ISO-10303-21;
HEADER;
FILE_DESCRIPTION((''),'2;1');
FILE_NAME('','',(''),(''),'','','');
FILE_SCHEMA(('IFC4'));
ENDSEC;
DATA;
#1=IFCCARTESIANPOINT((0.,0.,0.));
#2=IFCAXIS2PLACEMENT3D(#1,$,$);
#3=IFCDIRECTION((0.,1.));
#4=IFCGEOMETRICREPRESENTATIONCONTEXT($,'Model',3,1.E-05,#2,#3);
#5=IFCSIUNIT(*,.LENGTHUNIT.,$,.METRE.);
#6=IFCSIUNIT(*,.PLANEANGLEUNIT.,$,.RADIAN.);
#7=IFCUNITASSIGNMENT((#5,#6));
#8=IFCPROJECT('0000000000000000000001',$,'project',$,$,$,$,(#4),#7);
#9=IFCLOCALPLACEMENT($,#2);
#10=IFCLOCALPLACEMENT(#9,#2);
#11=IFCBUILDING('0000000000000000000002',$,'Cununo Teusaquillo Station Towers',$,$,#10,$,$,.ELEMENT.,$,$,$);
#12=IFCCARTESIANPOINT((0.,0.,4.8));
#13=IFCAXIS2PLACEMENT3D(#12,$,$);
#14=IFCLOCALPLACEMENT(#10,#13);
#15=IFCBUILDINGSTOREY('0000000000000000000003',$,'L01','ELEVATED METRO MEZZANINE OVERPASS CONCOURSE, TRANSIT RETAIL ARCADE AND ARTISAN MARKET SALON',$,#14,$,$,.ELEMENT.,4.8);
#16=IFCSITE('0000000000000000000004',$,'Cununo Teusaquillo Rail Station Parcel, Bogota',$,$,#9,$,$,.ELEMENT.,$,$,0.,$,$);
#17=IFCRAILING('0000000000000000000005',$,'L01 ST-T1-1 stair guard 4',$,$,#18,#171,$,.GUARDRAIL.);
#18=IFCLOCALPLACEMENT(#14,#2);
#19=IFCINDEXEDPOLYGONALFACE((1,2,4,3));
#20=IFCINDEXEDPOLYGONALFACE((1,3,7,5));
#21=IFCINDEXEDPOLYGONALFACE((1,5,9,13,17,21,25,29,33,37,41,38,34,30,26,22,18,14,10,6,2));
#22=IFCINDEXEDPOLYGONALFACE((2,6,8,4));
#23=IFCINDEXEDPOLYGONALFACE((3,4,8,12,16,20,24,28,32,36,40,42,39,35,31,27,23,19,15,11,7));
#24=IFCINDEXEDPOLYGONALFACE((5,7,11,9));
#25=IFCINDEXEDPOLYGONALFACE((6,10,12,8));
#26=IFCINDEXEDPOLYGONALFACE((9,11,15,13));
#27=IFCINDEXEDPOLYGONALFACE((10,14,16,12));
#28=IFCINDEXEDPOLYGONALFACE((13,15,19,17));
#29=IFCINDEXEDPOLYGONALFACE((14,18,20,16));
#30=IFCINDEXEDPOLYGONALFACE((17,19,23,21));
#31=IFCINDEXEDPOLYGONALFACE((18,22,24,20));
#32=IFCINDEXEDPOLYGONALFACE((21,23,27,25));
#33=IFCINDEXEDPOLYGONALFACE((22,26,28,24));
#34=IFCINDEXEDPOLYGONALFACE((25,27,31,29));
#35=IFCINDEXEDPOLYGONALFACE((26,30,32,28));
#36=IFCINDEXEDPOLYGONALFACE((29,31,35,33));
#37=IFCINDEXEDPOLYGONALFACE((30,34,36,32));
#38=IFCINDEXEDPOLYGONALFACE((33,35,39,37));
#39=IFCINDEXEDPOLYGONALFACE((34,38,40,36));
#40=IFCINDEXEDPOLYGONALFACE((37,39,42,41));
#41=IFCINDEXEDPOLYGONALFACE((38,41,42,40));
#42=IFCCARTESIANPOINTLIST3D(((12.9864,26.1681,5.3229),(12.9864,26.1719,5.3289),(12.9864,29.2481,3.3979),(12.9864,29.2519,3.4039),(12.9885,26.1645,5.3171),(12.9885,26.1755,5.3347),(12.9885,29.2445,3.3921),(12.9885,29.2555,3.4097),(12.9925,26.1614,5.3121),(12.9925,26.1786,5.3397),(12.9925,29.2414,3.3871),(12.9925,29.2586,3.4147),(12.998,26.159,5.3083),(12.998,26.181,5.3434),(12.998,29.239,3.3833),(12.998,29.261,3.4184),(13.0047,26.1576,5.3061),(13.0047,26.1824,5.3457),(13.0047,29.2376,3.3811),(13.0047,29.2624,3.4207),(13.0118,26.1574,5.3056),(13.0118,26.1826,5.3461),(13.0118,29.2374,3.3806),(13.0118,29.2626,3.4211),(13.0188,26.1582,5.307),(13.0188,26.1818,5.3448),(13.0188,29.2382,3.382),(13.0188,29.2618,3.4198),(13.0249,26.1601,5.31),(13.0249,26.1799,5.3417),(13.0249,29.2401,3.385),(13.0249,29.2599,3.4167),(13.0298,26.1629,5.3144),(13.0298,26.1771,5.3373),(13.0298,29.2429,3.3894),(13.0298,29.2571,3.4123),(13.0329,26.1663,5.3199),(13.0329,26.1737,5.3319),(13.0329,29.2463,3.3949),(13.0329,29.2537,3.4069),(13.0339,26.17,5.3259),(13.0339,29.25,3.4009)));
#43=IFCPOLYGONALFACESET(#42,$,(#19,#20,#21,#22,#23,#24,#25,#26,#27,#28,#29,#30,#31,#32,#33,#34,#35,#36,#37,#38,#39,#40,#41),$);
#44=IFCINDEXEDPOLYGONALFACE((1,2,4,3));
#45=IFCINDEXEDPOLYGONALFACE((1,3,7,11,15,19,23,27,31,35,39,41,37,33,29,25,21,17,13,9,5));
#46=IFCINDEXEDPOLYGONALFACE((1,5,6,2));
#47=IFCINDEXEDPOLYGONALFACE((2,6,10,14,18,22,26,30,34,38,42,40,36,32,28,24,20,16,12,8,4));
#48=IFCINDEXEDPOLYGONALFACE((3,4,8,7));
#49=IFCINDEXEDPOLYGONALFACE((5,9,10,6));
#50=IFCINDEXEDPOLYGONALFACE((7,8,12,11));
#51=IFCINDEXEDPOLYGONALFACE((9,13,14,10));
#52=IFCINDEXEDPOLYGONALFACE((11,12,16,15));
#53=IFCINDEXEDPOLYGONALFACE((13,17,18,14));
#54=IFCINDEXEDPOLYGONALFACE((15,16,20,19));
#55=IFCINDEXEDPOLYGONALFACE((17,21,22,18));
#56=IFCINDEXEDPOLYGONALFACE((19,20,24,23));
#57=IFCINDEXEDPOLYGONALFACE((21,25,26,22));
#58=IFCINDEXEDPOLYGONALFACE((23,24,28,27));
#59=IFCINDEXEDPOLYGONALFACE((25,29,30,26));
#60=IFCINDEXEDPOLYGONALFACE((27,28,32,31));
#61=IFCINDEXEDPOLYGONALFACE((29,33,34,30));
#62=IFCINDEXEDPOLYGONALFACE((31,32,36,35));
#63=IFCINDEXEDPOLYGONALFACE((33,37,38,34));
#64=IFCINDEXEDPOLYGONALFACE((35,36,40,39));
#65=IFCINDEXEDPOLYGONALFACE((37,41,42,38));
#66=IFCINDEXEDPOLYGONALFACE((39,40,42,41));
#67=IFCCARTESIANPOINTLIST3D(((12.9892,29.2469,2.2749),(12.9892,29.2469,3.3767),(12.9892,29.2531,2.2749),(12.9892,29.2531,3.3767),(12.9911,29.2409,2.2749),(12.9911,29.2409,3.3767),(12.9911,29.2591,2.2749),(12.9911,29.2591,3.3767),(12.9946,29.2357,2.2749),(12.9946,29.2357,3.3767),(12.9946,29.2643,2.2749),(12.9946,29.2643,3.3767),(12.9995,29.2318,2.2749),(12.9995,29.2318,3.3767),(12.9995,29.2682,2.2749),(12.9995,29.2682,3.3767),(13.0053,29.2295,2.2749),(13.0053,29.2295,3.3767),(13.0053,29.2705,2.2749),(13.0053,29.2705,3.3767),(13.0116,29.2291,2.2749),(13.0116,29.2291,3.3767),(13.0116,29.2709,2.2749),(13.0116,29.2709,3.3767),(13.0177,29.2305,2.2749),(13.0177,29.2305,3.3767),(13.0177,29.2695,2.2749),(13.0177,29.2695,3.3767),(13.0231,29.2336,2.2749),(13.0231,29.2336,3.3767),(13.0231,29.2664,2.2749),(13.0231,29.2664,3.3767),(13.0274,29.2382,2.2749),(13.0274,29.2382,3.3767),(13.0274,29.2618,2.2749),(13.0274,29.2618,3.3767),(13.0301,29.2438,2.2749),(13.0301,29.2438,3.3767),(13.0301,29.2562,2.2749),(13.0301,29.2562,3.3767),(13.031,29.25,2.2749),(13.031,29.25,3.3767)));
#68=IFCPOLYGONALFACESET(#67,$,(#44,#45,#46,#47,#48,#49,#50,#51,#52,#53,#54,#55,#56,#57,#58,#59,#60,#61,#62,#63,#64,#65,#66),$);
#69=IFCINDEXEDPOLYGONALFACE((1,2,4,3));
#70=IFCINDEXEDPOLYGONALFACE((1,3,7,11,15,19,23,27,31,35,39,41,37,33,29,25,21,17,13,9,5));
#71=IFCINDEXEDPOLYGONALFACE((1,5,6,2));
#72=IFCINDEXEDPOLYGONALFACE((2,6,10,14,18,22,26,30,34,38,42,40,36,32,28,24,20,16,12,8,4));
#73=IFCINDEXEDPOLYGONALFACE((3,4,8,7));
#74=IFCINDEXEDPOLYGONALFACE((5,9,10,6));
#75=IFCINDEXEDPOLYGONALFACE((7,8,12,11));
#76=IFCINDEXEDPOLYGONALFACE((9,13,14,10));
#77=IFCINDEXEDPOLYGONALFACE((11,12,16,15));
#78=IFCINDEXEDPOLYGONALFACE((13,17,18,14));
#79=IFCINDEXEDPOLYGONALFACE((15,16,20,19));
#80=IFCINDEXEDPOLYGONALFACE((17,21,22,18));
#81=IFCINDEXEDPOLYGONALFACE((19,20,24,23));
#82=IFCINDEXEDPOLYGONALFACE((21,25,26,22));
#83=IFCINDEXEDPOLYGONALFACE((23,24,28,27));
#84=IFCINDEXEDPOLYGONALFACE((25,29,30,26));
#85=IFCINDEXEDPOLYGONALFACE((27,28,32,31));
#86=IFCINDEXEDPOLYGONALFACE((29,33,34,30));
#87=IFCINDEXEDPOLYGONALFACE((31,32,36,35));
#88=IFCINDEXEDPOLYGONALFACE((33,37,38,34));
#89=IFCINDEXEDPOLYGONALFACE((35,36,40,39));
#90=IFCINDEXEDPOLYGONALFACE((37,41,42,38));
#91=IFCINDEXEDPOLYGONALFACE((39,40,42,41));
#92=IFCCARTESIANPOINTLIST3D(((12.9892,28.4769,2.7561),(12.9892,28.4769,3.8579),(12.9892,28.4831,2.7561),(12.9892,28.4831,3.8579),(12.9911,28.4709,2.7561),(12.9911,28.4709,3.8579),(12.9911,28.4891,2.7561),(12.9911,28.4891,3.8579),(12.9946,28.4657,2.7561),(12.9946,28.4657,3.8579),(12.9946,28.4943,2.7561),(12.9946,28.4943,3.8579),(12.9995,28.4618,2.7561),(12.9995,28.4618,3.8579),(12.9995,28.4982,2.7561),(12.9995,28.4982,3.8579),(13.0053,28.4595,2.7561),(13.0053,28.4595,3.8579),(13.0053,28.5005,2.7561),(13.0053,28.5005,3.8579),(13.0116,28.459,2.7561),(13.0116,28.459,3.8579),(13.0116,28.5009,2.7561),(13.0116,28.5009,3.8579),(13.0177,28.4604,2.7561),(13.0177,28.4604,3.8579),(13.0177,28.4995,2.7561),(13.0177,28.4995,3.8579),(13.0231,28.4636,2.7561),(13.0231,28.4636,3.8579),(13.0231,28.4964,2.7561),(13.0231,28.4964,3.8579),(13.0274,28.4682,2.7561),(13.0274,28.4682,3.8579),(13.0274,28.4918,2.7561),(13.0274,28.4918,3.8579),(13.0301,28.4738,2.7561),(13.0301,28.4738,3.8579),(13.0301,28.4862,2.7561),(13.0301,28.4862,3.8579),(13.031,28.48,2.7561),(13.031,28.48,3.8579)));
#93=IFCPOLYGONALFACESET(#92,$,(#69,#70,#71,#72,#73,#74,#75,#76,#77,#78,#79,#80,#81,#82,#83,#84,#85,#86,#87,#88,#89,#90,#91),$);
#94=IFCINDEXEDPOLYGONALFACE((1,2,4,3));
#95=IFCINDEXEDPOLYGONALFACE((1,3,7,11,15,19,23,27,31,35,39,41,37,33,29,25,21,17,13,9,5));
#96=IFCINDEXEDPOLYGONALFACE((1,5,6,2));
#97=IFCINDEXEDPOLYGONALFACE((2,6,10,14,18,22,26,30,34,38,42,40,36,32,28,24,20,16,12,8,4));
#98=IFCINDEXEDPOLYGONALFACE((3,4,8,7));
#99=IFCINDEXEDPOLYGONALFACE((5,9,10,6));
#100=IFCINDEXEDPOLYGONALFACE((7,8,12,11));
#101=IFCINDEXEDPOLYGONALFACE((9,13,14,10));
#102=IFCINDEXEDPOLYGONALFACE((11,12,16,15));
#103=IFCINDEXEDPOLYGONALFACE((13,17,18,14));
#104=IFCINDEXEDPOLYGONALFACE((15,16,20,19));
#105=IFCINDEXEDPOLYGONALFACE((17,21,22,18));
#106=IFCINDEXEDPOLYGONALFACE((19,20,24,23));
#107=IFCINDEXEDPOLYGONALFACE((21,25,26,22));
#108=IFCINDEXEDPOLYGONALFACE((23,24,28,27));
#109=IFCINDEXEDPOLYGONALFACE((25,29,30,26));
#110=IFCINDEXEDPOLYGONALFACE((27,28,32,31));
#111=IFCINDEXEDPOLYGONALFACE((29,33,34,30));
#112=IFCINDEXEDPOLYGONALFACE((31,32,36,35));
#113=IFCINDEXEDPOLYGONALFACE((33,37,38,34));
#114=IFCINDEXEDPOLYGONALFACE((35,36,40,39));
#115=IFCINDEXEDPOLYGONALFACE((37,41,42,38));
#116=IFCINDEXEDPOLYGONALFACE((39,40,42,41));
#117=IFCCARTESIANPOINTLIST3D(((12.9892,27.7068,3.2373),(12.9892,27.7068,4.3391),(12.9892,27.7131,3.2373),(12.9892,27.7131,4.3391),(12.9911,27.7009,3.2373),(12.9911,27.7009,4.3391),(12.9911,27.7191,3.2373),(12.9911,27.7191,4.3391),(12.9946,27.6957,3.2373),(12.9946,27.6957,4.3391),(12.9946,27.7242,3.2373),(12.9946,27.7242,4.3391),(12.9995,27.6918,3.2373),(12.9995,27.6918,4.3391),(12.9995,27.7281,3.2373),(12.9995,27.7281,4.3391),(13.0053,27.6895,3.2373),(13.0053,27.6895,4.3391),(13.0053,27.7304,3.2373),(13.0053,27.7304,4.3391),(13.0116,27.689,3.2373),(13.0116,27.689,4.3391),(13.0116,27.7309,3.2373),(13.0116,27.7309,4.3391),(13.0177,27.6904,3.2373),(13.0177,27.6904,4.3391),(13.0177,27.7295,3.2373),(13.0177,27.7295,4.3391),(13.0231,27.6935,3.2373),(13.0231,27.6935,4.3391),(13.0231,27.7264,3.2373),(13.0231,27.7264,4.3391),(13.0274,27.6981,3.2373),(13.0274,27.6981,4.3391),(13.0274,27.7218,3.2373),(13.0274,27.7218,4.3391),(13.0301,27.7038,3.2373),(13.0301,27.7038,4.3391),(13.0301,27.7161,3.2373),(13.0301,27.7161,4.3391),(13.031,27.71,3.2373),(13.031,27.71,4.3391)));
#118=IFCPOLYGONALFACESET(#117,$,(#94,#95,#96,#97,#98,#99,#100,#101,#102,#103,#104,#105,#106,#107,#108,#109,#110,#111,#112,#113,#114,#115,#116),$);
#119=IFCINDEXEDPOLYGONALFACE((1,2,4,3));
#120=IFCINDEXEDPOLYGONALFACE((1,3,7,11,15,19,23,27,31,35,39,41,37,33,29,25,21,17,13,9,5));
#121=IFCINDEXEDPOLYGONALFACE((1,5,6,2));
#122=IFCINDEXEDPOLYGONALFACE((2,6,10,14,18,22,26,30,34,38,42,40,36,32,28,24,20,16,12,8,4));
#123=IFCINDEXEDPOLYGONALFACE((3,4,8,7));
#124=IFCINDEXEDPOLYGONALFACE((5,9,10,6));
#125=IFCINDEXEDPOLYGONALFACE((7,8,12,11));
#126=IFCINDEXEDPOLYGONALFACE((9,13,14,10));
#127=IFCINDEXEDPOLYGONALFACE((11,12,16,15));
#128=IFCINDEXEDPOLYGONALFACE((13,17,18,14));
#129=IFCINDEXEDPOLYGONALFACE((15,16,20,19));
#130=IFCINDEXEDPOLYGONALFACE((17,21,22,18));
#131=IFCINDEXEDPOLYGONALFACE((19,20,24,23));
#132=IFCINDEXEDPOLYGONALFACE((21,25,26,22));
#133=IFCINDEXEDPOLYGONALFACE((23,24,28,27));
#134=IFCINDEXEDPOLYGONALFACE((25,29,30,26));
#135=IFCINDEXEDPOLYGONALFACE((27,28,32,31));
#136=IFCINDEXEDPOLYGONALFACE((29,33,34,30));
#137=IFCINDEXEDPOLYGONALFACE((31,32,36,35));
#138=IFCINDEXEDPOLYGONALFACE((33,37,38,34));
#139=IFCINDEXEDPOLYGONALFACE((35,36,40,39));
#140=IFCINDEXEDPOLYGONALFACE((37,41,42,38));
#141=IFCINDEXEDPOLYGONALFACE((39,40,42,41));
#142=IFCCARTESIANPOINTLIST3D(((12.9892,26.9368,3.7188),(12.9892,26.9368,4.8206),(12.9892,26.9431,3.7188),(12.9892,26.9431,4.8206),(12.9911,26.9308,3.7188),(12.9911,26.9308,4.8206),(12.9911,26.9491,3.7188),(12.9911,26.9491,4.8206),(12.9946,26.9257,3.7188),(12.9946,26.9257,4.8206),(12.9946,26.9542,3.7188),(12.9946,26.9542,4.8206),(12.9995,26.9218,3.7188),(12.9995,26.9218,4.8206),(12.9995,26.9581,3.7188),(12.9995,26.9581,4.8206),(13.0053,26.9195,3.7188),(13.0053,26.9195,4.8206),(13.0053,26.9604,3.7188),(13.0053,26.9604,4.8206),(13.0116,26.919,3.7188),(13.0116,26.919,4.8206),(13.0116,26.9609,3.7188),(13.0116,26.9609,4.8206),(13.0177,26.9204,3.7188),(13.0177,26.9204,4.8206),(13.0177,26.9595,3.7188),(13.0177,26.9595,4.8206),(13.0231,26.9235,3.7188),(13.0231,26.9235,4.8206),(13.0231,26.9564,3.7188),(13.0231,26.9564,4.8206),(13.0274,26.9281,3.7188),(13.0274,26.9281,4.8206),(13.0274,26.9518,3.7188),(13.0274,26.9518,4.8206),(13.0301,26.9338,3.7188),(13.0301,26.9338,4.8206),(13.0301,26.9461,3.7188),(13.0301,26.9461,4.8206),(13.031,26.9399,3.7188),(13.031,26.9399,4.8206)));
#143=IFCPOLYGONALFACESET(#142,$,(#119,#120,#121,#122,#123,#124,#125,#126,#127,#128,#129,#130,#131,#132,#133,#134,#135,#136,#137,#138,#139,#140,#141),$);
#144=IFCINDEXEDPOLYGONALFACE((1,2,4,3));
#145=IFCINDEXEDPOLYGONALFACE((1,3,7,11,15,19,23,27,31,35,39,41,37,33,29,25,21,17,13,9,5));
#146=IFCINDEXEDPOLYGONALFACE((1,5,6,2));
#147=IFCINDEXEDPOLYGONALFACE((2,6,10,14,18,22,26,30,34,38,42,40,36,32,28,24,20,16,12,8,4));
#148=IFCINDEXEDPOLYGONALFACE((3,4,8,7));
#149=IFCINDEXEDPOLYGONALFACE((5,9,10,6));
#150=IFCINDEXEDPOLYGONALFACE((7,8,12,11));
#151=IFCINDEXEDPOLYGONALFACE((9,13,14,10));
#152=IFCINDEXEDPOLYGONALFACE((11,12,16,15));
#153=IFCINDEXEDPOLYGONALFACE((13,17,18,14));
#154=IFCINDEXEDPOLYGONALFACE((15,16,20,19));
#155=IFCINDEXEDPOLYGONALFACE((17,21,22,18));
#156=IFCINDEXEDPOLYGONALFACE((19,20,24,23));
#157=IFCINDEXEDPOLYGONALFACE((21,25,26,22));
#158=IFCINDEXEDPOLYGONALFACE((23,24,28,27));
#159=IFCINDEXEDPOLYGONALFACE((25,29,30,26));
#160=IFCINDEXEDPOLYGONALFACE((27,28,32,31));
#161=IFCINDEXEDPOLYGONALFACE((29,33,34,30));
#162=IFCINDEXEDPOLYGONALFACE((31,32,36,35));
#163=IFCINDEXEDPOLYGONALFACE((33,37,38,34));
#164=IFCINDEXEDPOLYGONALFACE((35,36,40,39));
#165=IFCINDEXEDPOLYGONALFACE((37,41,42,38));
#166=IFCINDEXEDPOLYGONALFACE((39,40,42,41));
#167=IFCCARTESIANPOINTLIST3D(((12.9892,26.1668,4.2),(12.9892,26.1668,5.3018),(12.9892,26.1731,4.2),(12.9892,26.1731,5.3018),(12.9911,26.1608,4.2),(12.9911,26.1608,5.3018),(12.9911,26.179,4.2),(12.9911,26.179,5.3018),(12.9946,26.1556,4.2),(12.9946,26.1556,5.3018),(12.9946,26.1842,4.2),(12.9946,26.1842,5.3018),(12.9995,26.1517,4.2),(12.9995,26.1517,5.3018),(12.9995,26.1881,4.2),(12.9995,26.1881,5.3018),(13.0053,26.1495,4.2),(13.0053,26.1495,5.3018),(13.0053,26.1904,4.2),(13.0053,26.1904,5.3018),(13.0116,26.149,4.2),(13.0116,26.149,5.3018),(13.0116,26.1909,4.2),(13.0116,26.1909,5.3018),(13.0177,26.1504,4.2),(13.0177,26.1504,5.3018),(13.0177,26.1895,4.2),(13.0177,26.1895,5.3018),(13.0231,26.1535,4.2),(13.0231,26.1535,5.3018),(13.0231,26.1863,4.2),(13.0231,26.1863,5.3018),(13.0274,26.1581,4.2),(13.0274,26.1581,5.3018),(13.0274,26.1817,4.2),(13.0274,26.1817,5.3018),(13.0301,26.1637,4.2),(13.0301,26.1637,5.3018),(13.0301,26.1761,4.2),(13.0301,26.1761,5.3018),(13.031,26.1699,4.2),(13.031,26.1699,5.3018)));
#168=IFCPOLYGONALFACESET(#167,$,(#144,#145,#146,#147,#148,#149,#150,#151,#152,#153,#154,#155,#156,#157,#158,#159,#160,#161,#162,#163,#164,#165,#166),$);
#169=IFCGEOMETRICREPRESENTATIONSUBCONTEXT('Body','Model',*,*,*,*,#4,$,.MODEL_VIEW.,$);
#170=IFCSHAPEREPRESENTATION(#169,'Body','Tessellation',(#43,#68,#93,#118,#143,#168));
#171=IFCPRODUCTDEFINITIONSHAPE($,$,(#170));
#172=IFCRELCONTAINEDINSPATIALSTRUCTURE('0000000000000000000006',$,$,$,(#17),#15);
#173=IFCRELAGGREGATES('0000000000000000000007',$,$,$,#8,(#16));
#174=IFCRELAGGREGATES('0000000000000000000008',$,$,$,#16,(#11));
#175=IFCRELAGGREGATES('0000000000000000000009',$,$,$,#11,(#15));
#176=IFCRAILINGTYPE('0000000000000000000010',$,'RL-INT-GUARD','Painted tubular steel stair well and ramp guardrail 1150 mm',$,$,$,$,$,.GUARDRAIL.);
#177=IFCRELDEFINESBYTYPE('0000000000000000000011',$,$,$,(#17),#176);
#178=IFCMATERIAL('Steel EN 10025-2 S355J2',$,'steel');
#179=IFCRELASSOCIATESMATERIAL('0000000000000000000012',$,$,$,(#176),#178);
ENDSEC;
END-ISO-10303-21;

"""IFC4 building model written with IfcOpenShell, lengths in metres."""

from ifc_helpers import new_model, si_unit, direction, frame, origin, origin_2d, place, context, subcontext, project, spatial, circle, extrude, material, type_object, element, save


model = new_model("IFC4")

# Units and contexts
model_context = context("Model", 3, precision=1e-05, world=origin(), true_north=direction((0.0, 1.0)))
body_context = subcontext(model_context, "Body", "Model", "MODEL_VIEW")
ifc_project = project(units=[si_unit("LENGTHUNIT", "METRE"), si_unit("PLANEANGLEUNIT", "RADIAN")], contexts=[model_context])

# Site, building, storey
site_placement = place(None, origin())
site = spatial("IfcSite", under=ifc_project, at=site_placement, Name="Cununo Teusaquillo Rail Station Parcel, Bogota", CompositionType="ELEMENT", RefElevation=0.0)
building_placement = place(site_placement, origin())
building = spatial("IfcBuilding", under=site, at=building_placement, Name="Cununo Teusaquillo Station Towers", CompositionType="ELEMENT")
storey_placement = place(building_placement, frame((0.0, 0.0, 4.8)))
storey = spatial("IfcBuildingStorey", under=building, at=storey_placement, Name="L01", Description="ELEVATED METRO MEZZANINE OVERPASS CONCOURSE, TRANSIT RETAIL ARCADE AND ARTISAN MARKET SALON", CompositionType="ELEMENT", Elevation=4.8)

# Railing
ifc_material_1 = material(Name="Steel EN 10025-2 S355J2", Category="steel")
railing_type_1 = type_object("IfcRailingType", Name="RL-INT-GUARD", Description="Painted tubular steel stair well and ramp guardrail 1150 mm", PredefinedType="GUARDRAIL", material=ifc_material_1)
railing_1_placement = place(storey_placement, frame((13.01, 29.25, 2.2749)))
element("IfcRailing", 1, at=railing_1_placement, inside=storey, type_object=railing_type_1, Name="L01 ST-T1-1 stair guard 4", PredefinedType="GUARDRAIL", context=body_context, shape_type="SweptSolid", body=[
    extrude(circle(Radius=0.0239, at=origin_2d()), frame((0.0, 0.0, 1.126), z_axis=(0.0, -0.847998, 0.529999), x_axis=(1.0, 0.0, 0.0)), (0.0, 0.0, 1.0), 3.6321),
    extrude(circle(Radius=0.021, at=origin_2d()), origin(), (0.0, 0.0, 1.0), 1.1018),
    extrude(circle(Radius=0.021, at=origin_2d()), frame((0.0, -0.77, 0.4812)), (0.0, 0.0, 1.0), 1.1018),
    extrude(circle(Radius=0.021, at=origin_2d()), frame((0.0, -1.54, 0.9624)), (0.0, 0.0, 1.0), 1.1018),
    extrude(circle(Radius=0.021, at=origin_2d()), frame((0.0, -2.3101, 1.4438)), (0.0, 0.0, 1.0), 1.1018),
    extrude(circle(Radius=0.021, at=origin_2d()), frame((0.0, -3.0801, 1.925)), (0.0, 0.0, 1.0), 1.1018),
])

save(model, "model.ifc")
